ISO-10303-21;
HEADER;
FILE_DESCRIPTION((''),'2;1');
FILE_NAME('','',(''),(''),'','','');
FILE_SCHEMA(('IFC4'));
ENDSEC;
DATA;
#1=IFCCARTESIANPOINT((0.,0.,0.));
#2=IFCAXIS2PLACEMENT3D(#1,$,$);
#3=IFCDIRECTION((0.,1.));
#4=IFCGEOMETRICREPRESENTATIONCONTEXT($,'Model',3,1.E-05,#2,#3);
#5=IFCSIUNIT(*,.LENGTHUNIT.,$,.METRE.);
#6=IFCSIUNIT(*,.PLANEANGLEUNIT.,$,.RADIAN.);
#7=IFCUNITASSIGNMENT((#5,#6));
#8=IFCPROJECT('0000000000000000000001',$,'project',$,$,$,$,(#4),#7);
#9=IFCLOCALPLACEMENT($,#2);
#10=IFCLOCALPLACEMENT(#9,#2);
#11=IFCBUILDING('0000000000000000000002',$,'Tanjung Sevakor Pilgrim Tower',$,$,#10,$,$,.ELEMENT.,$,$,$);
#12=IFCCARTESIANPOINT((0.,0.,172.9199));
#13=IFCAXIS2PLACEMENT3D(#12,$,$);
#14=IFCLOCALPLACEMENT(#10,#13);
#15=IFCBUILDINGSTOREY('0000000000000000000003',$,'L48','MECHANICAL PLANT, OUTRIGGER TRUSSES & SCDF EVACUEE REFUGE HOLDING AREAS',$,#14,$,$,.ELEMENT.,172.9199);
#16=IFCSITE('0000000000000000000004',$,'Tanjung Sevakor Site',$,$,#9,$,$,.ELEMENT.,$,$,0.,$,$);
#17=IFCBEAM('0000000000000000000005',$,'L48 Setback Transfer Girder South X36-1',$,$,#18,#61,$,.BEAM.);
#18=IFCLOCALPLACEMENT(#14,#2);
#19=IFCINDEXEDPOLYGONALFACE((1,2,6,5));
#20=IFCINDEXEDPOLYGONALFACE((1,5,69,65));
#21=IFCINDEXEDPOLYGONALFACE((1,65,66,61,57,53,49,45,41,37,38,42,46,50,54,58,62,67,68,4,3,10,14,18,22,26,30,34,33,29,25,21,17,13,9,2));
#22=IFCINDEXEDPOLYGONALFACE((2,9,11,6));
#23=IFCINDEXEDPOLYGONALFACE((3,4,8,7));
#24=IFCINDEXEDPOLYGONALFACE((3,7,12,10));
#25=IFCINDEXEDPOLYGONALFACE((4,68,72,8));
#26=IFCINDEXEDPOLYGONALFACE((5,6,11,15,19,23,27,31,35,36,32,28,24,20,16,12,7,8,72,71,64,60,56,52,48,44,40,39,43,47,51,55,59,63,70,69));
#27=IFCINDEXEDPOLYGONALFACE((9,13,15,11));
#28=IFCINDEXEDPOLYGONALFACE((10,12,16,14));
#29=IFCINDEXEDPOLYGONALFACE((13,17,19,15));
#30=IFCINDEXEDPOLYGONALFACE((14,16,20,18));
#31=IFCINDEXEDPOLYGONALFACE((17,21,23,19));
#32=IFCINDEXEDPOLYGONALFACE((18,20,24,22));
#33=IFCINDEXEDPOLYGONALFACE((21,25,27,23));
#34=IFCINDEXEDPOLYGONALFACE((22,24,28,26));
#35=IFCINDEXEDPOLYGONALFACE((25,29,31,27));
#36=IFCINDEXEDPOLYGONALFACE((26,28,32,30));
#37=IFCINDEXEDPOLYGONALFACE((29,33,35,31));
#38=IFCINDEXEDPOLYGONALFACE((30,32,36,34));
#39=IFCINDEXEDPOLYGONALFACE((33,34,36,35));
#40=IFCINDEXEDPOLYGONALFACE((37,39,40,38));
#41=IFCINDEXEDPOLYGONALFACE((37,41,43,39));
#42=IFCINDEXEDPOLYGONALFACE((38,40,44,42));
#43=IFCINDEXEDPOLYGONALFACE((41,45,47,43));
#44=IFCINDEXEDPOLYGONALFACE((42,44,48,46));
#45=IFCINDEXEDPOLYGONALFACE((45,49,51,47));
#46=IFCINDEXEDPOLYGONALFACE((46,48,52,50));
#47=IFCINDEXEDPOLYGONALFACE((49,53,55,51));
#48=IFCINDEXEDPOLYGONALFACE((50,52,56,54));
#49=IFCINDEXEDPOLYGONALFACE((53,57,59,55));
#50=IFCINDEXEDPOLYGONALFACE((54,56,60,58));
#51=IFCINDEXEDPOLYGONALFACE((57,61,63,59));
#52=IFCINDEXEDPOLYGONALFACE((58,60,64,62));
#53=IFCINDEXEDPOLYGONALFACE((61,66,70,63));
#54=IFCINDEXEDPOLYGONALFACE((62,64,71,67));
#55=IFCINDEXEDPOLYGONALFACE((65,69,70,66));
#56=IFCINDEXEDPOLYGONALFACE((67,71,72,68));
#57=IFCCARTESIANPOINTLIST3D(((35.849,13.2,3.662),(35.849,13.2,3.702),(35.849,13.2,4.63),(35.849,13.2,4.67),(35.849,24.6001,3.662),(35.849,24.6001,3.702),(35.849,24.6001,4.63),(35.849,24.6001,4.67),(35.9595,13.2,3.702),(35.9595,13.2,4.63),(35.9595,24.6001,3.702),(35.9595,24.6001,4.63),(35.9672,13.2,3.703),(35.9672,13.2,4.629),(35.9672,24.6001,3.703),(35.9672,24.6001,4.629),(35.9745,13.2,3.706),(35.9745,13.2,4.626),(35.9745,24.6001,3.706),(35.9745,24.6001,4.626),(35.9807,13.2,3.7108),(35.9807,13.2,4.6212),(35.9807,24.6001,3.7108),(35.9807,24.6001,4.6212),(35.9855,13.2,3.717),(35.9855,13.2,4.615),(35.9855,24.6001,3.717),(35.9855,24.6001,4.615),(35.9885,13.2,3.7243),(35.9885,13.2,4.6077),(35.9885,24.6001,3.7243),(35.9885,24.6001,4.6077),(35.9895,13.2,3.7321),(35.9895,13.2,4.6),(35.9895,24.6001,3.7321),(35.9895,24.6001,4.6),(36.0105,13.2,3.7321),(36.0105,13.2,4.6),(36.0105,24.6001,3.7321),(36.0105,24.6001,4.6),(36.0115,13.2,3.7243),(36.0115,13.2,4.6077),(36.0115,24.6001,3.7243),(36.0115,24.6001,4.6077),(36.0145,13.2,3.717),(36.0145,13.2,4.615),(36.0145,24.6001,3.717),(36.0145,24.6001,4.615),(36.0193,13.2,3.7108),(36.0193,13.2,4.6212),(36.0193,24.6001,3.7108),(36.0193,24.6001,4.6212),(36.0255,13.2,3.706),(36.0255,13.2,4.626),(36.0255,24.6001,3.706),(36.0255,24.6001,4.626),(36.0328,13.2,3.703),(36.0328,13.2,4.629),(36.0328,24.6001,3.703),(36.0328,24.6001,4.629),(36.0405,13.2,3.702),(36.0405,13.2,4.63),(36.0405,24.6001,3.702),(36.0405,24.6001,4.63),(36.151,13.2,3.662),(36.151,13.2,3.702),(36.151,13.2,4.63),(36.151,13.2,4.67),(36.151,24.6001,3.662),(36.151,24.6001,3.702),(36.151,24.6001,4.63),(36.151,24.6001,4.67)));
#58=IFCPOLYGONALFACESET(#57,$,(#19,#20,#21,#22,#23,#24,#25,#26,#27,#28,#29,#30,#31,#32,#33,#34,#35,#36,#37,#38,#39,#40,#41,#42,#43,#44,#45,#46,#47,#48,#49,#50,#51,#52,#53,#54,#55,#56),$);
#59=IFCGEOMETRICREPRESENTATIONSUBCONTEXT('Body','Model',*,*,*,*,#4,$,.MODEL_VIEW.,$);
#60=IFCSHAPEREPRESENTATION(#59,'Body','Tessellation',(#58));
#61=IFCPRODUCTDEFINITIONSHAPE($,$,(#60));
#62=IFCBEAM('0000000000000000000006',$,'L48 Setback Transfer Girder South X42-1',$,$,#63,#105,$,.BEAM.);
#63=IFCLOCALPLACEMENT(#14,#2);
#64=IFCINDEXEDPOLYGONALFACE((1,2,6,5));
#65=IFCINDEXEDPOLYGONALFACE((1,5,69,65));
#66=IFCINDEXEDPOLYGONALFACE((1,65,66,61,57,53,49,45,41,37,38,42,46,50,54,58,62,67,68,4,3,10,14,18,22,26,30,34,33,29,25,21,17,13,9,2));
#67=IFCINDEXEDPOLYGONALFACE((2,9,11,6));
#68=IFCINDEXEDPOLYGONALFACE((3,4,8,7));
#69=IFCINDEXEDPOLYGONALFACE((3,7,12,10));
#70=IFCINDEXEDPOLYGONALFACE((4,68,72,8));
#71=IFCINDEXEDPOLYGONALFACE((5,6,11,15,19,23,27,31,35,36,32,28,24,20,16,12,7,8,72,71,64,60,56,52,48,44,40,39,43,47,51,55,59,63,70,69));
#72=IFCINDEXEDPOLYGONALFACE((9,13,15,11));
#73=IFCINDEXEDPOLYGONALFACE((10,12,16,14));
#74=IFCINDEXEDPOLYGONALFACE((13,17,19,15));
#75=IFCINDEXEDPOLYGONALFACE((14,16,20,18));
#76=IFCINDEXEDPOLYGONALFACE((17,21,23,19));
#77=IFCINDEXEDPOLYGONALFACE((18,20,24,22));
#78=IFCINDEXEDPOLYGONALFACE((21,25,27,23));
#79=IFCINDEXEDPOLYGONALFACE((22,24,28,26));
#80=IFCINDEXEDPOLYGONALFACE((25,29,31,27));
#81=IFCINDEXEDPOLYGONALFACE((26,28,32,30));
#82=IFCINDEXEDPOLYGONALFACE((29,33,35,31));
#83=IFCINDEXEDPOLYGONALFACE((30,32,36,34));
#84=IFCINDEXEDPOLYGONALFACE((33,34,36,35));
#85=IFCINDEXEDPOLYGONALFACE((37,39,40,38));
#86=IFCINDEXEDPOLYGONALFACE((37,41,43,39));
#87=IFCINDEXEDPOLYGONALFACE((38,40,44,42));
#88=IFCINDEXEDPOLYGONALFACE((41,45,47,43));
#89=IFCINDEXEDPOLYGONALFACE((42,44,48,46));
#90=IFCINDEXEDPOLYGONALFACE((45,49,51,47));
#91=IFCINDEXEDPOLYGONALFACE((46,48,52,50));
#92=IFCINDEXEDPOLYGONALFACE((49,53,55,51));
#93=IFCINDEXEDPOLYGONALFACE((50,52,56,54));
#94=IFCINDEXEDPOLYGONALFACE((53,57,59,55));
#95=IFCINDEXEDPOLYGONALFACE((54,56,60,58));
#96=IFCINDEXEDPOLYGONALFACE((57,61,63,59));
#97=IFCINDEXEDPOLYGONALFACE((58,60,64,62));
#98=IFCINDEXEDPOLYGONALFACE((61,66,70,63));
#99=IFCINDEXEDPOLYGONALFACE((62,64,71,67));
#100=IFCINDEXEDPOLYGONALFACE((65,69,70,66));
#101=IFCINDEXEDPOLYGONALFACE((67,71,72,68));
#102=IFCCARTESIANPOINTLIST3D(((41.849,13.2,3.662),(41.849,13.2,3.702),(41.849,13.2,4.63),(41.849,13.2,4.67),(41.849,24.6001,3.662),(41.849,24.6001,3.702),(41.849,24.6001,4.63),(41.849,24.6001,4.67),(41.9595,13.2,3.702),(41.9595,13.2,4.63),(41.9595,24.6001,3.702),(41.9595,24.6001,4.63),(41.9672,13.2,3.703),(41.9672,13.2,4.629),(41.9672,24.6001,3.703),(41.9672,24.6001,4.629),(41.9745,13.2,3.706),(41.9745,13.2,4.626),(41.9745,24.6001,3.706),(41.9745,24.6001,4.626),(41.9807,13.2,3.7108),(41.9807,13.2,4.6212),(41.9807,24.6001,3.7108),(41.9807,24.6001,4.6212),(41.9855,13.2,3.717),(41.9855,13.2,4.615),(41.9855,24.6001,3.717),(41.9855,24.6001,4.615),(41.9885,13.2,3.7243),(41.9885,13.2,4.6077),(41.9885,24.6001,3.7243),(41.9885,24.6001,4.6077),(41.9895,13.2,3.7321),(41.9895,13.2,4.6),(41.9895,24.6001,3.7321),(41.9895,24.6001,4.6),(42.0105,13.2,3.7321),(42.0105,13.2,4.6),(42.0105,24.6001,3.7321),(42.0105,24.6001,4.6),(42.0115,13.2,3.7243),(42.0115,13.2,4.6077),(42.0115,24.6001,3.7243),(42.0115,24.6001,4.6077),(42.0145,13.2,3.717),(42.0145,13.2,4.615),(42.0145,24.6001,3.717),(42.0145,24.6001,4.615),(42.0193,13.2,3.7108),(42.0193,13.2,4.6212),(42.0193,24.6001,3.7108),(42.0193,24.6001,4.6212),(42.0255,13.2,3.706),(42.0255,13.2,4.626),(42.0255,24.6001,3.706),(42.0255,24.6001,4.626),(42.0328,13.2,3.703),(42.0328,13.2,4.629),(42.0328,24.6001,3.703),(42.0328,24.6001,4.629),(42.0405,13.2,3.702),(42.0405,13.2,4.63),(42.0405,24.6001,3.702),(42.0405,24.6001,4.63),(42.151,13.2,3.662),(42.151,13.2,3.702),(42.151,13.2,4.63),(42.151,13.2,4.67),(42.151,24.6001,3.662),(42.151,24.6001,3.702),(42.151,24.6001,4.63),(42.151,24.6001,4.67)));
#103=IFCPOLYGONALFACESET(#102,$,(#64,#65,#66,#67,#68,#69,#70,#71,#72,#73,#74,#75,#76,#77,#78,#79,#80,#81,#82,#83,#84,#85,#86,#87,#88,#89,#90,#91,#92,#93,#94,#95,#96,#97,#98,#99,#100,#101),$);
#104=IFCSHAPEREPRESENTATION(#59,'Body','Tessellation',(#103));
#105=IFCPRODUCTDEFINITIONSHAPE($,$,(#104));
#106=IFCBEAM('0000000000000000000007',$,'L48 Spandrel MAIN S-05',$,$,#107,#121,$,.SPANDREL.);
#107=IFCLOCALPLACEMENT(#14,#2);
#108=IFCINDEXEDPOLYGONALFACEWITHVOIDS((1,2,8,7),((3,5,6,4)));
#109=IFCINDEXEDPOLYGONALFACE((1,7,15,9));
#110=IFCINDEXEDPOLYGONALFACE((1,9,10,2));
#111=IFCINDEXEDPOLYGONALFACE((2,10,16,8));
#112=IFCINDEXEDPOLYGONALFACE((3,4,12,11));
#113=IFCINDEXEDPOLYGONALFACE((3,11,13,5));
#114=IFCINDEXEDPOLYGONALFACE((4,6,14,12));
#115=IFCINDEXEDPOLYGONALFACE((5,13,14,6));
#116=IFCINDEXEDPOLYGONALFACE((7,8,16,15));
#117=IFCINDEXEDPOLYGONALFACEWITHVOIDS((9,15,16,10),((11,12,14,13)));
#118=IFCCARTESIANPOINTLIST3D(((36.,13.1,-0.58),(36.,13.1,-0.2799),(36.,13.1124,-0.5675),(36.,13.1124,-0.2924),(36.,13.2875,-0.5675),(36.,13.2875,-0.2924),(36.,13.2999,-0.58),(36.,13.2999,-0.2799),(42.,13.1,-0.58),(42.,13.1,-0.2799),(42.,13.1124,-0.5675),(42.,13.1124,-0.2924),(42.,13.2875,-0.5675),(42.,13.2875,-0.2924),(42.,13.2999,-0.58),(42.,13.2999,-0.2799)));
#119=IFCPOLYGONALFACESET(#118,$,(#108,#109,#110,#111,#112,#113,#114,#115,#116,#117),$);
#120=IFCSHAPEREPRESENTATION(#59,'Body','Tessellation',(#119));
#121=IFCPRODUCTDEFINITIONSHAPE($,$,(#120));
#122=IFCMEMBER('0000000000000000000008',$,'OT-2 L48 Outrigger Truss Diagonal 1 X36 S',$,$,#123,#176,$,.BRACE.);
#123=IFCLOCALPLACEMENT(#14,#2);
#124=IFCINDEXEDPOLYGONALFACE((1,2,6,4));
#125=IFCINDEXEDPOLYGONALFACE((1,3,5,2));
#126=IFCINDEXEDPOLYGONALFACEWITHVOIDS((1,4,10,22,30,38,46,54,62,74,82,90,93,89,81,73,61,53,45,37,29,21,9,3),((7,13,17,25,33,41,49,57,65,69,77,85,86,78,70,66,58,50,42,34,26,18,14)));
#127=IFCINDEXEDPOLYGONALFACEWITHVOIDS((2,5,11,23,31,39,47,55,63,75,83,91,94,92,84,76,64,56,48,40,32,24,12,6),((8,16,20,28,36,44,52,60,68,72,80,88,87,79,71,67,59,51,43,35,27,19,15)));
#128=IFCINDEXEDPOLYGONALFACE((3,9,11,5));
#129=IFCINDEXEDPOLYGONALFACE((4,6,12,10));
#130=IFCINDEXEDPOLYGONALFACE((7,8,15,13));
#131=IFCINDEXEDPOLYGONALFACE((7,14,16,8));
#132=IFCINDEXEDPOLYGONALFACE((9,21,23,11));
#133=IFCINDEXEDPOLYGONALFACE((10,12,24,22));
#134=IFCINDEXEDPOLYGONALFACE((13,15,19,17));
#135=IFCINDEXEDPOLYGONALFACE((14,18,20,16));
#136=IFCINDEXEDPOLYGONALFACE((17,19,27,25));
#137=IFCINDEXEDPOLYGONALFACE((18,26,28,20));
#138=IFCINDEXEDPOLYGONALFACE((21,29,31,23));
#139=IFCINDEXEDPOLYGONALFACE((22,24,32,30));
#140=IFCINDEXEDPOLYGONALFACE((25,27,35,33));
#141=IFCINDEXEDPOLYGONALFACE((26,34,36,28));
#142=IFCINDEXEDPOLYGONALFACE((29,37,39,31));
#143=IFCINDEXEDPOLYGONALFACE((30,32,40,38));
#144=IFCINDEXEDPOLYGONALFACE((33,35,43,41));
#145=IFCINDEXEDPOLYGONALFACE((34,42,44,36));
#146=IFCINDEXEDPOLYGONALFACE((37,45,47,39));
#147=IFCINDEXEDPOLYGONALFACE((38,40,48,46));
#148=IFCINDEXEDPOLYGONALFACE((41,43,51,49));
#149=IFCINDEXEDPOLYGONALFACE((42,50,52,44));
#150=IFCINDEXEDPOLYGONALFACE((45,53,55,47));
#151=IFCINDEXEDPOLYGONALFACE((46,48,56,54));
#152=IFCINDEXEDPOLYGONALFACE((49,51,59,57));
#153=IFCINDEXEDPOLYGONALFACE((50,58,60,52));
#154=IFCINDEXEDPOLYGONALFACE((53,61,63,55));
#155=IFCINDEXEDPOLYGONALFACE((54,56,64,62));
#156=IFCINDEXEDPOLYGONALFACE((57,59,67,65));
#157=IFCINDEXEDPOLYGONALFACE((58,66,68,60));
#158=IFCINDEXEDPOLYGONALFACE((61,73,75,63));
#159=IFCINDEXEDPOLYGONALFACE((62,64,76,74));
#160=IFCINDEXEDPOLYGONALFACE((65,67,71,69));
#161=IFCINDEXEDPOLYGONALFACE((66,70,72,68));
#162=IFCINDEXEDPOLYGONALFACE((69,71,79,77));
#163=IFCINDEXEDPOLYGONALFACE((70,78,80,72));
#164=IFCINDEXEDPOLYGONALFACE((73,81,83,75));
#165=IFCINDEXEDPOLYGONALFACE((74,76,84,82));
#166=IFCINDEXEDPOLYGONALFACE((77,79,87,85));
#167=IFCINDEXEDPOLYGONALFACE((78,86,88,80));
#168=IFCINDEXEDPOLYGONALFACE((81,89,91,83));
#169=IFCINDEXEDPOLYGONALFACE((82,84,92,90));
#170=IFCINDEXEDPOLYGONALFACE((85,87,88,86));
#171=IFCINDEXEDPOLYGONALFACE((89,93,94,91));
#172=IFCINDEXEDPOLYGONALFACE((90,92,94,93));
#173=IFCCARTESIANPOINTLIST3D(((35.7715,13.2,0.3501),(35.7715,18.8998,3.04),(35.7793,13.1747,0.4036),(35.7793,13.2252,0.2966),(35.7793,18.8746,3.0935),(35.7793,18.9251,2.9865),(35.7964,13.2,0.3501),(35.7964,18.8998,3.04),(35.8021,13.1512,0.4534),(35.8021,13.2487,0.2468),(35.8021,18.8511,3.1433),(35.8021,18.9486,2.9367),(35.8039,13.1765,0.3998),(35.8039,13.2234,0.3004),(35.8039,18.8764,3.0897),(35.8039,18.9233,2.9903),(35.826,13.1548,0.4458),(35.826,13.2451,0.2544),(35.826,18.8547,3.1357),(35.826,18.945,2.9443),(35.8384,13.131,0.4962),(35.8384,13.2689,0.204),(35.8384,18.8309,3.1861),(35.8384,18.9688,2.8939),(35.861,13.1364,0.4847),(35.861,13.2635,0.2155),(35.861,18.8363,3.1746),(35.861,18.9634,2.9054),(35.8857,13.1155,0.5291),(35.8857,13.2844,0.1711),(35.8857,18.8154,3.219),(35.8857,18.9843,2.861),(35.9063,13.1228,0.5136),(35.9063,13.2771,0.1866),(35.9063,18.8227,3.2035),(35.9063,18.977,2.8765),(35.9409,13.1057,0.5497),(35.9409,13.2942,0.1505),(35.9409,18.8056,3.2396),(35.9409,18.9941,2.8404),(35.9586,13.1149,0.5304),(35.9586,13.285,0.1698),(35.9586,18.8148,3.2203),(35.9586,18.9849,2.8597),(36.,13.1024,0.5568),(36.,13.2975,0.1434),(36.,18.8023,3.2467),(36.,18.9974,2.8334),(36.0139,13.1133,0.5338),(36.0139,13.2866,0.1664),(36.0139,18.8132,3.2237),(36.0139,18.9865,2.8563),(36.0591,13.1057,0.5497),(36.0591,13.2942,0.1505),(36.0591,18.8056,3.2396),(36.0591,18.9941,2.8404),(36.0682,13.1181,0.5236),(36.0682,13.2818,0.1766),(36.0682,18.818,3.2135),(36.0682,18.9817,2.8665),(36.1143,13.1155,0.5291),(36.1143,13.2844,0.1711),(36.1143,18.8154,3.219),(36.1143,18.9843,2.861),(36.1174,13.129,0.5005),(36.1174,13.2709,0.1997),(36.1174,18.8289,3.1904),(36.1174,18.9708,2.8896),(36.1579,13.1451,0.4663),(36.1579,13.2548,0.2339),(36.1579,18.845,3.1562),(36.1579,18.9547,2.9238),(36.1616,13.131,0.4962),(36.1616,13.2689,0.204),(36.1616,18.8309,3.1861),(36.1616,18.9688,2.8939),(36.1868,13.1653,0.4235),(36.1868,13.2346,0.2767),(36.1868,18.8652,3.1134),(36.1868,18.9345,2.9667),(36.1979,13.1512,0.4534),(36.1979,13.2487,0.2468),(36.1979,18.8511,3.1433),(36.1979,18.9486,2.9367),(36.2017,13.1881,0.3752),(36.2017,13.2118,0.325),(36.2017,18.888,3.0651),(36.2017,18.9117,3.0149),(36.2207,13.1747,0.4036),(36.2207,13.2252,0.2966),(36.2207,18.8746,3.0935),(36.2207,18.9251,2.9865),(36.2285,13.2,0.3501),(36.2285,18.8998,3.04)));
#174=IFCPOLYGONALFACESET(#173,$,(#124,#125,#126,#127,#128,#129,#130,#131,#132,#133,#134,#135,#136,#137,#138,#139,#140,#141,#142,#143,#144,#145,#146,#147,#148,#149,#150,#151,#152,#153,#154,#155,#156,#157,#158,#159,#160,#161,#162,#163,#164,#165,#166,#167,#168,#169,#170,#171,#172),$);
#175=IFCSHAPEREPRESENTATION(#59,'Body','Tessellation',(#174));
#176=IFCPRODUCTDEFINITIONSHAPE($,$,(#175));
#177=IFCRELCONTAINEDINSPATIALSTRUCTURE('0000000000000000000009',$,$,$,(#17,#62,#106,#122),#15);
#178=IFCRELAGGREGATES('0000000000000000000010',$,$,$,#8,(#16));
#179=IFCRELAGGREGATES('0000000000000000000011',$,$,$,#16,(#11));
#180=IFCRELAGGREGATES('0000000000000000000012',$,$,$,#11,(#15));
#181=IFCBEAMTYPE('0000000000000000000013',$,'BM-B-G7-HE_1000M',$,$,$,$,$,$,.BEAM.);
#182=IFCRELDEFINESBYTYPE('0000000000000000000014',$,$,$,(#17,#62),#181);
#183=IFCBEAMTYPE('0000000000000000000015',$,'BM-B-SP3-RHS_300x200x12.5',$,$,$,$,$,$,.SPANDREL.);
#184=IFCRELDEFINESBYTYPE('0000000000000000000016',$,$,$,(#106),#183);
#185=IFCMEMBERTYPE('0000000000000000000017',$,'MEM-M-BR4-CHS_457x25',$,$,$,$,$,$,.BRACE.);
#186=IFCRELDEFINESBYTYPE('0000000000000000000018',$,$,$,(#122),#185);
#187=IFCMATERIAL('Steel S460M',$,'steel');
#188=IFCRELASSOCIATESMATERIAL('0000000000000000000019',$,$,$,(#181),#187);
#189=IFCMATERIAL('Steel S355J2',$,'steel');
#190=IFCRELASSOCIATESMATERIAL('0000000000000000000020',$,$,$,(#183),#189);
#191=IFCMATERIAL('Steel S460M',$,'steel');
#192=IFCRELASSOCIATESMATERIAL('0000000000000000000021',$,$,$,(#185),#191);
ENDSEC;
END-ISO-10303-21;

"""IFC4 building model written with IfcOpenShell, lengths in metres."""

from ifc_helpers import new_model, si_unit, direction, frame, origin, origin_2d, place, context, subcontext, project, spatial, hollow_rectangle, hollow_circle, i_section, extrude, material, material_profile, profile_set, type_object, element, save


model = new_model("IFC4")

# Units and contexts
model_context = context("Model", 3, precision=1e-05, world=origin(), true_north=direction((0.0, 1.0)))
body_context = subcontext(model_context, "Body", "Model", "MODEL_VIEW")
ifc_project = project(units=[si_unit("LENGTHUNIT", "METRE"), si_unit("PLANEANGLEUNIT", "RADIAN")], contexts=[model_context])

# Site, building, storey
site_placement = place(None, origin())
site = spatial("IfcSite", under=ifc_project, at=site_placement, Name="Tanjung Sevakor Site", CompositionType="ELEMENT", RefElevation=0.0)
building_placement = place(site_placement, origin())
building = spatial("IfcBuilding", under=site, at=building_placement, Name="Tanjung Sevakor Pilgrim Tower", CompositionType="ELEMENT")
storey_placement = place(building_placement, frame((0.0, 0.0, 172.9199)))
storey = spatial("IfcBuildingStorey", under=building, at=storey_placement, Name="L48", Description="MECHANICAL PLANT, OUTRIGGER TRUSSES & SCDF EVACUEE REFUGE HOLDING AREAS", CompositionType="ELEMENT", Elevation=172.9199)

# Beams
ifc_material_1 = material(Name="Steel S460M", Category="steel")
ifc_material_profile_1 = material_profile(ifc_material_1, i_section(OverallWidth=0.302, OverallDepth=1.0081, WebThickness=0.021, FlangeThickness=0.04, FilletRadius=0.03, at=origin_2d()))
ifc_profile_set_1 = profile_set([ifc_material_profile_1], Name="Steel S460M")
beam_type_1 = type_object("IfcBeamType", Name="BM-B-G7-HE_1000M", PredefinedType="BEAM", material=ifc_profile_set_1)
for number, where, z_axis, x_axis, name in (
    (1, (36.0, 13.2, 4.166), (0.0, 1.0, 0.0), (-1.0, 0.0, 0.0), "L48 Setback Transfer Girder South X36-1"),
    (2, (42.0, 13.2, 4.166), (0.0, 1.0, 0.0), (-1.0, 0.0, 0.0), "L48 Setback Transfer Girder South X42-1"),
):
    element("IfcBeam", number, at=place(storey_placement, frame(where, z_axis=z_axis, x_axis=x_axis)), inside=storey, type_object=beam_type_1, Name=name, PredefinedType="BEAM", context=body_context, shape_type="SweptSolid", body=[
        extrude(i_section(OverallWidth=0.302, OverallDepth=1.0081, WebThickness=0.021, FlangeThickness=0.04, FilletRadius=0.03, at=origin_2d()), origin(), (0.0, 0.0, 1.0), 11.4001),
    ])
ifc_material_2 = material(Name="Steel S355J2", Category="steel")
ifc_material_profile_2 = material_profile(ifc_material_2, hollow_rectangle(XDim=0.2, YDim=0.3, WallThickness=0.0125, at=origin_2d()))
ifc_profile_set_2 = profile_set([ifc_material_profile_2], Name="Steel S355J2")
beam_type_2 = type_object("IfcBeamType", Name="BM-B-SP3-RHS_300x200x12.5", PredefinedType="SPANDREL", material=ifc_profile_set_2)
beam_1_placement = place(storey_placement, frame((36.0, 13.2, -0.4299), z_axis=(1.0, 0.0, 0.0), x_axis=(0.0, 1.0, 0.0)))
element("IfcBeam", 3, at=beam_1_placement, inside=storey, type_object=beam_type_2, Name="L48 Spandrel MAIN S-05", PredefinedType="SPANDREL", context=body_context, shape_type="SweptSolid", body=[
    extrude(hollow_rectangle(XDim=0.2, YDim=0.3, WallThickness=0.0125, at=origin_2d()), origin(), (0.0, 0.0, 1.0), 6.0),
])

# Member
ifc_material_3 = material(Name="Steel S460M", Category="steel")
ifc_material_profile_3 = material_profile(ifc_material_3, hollow_circle(Radius=0.2285, WallThickness=0.0249, at=origin_2d()))
ifc_profile_set_3 = profile_set([ifc_material_profile_3], Name="Steel S460M")
member_type_1 = type_object("IfcMemberType", Name="MEM-M-BR4-CHS_457x25", PredefinedType="BRACE", material=ifc_profile_set_3)
member_1_placement = place(storey_placement, frame((36.0, 13.2, 0.3501), z_axis=(0.0, 0.904353, 0.426785), x_axis=(-1.0, 0.0, 0.0)))
element("IfcMember", 4, at=member_1_placement, inside=storey, type_object=member_type_1, Name="OT-2 L48 Outrigger Truss Diagonal 1 X36 S", PredefinedType="BRACE", context=body_context, shape_type="SweptSolid", body=[
    extrude(hollow_circle(Radius=0.2285, WallThickness=0.0249, at=origin_2d()), origin(), (0.0, 0.0, 1.0), 6.3027),
])

save(model, "model.ifc")
